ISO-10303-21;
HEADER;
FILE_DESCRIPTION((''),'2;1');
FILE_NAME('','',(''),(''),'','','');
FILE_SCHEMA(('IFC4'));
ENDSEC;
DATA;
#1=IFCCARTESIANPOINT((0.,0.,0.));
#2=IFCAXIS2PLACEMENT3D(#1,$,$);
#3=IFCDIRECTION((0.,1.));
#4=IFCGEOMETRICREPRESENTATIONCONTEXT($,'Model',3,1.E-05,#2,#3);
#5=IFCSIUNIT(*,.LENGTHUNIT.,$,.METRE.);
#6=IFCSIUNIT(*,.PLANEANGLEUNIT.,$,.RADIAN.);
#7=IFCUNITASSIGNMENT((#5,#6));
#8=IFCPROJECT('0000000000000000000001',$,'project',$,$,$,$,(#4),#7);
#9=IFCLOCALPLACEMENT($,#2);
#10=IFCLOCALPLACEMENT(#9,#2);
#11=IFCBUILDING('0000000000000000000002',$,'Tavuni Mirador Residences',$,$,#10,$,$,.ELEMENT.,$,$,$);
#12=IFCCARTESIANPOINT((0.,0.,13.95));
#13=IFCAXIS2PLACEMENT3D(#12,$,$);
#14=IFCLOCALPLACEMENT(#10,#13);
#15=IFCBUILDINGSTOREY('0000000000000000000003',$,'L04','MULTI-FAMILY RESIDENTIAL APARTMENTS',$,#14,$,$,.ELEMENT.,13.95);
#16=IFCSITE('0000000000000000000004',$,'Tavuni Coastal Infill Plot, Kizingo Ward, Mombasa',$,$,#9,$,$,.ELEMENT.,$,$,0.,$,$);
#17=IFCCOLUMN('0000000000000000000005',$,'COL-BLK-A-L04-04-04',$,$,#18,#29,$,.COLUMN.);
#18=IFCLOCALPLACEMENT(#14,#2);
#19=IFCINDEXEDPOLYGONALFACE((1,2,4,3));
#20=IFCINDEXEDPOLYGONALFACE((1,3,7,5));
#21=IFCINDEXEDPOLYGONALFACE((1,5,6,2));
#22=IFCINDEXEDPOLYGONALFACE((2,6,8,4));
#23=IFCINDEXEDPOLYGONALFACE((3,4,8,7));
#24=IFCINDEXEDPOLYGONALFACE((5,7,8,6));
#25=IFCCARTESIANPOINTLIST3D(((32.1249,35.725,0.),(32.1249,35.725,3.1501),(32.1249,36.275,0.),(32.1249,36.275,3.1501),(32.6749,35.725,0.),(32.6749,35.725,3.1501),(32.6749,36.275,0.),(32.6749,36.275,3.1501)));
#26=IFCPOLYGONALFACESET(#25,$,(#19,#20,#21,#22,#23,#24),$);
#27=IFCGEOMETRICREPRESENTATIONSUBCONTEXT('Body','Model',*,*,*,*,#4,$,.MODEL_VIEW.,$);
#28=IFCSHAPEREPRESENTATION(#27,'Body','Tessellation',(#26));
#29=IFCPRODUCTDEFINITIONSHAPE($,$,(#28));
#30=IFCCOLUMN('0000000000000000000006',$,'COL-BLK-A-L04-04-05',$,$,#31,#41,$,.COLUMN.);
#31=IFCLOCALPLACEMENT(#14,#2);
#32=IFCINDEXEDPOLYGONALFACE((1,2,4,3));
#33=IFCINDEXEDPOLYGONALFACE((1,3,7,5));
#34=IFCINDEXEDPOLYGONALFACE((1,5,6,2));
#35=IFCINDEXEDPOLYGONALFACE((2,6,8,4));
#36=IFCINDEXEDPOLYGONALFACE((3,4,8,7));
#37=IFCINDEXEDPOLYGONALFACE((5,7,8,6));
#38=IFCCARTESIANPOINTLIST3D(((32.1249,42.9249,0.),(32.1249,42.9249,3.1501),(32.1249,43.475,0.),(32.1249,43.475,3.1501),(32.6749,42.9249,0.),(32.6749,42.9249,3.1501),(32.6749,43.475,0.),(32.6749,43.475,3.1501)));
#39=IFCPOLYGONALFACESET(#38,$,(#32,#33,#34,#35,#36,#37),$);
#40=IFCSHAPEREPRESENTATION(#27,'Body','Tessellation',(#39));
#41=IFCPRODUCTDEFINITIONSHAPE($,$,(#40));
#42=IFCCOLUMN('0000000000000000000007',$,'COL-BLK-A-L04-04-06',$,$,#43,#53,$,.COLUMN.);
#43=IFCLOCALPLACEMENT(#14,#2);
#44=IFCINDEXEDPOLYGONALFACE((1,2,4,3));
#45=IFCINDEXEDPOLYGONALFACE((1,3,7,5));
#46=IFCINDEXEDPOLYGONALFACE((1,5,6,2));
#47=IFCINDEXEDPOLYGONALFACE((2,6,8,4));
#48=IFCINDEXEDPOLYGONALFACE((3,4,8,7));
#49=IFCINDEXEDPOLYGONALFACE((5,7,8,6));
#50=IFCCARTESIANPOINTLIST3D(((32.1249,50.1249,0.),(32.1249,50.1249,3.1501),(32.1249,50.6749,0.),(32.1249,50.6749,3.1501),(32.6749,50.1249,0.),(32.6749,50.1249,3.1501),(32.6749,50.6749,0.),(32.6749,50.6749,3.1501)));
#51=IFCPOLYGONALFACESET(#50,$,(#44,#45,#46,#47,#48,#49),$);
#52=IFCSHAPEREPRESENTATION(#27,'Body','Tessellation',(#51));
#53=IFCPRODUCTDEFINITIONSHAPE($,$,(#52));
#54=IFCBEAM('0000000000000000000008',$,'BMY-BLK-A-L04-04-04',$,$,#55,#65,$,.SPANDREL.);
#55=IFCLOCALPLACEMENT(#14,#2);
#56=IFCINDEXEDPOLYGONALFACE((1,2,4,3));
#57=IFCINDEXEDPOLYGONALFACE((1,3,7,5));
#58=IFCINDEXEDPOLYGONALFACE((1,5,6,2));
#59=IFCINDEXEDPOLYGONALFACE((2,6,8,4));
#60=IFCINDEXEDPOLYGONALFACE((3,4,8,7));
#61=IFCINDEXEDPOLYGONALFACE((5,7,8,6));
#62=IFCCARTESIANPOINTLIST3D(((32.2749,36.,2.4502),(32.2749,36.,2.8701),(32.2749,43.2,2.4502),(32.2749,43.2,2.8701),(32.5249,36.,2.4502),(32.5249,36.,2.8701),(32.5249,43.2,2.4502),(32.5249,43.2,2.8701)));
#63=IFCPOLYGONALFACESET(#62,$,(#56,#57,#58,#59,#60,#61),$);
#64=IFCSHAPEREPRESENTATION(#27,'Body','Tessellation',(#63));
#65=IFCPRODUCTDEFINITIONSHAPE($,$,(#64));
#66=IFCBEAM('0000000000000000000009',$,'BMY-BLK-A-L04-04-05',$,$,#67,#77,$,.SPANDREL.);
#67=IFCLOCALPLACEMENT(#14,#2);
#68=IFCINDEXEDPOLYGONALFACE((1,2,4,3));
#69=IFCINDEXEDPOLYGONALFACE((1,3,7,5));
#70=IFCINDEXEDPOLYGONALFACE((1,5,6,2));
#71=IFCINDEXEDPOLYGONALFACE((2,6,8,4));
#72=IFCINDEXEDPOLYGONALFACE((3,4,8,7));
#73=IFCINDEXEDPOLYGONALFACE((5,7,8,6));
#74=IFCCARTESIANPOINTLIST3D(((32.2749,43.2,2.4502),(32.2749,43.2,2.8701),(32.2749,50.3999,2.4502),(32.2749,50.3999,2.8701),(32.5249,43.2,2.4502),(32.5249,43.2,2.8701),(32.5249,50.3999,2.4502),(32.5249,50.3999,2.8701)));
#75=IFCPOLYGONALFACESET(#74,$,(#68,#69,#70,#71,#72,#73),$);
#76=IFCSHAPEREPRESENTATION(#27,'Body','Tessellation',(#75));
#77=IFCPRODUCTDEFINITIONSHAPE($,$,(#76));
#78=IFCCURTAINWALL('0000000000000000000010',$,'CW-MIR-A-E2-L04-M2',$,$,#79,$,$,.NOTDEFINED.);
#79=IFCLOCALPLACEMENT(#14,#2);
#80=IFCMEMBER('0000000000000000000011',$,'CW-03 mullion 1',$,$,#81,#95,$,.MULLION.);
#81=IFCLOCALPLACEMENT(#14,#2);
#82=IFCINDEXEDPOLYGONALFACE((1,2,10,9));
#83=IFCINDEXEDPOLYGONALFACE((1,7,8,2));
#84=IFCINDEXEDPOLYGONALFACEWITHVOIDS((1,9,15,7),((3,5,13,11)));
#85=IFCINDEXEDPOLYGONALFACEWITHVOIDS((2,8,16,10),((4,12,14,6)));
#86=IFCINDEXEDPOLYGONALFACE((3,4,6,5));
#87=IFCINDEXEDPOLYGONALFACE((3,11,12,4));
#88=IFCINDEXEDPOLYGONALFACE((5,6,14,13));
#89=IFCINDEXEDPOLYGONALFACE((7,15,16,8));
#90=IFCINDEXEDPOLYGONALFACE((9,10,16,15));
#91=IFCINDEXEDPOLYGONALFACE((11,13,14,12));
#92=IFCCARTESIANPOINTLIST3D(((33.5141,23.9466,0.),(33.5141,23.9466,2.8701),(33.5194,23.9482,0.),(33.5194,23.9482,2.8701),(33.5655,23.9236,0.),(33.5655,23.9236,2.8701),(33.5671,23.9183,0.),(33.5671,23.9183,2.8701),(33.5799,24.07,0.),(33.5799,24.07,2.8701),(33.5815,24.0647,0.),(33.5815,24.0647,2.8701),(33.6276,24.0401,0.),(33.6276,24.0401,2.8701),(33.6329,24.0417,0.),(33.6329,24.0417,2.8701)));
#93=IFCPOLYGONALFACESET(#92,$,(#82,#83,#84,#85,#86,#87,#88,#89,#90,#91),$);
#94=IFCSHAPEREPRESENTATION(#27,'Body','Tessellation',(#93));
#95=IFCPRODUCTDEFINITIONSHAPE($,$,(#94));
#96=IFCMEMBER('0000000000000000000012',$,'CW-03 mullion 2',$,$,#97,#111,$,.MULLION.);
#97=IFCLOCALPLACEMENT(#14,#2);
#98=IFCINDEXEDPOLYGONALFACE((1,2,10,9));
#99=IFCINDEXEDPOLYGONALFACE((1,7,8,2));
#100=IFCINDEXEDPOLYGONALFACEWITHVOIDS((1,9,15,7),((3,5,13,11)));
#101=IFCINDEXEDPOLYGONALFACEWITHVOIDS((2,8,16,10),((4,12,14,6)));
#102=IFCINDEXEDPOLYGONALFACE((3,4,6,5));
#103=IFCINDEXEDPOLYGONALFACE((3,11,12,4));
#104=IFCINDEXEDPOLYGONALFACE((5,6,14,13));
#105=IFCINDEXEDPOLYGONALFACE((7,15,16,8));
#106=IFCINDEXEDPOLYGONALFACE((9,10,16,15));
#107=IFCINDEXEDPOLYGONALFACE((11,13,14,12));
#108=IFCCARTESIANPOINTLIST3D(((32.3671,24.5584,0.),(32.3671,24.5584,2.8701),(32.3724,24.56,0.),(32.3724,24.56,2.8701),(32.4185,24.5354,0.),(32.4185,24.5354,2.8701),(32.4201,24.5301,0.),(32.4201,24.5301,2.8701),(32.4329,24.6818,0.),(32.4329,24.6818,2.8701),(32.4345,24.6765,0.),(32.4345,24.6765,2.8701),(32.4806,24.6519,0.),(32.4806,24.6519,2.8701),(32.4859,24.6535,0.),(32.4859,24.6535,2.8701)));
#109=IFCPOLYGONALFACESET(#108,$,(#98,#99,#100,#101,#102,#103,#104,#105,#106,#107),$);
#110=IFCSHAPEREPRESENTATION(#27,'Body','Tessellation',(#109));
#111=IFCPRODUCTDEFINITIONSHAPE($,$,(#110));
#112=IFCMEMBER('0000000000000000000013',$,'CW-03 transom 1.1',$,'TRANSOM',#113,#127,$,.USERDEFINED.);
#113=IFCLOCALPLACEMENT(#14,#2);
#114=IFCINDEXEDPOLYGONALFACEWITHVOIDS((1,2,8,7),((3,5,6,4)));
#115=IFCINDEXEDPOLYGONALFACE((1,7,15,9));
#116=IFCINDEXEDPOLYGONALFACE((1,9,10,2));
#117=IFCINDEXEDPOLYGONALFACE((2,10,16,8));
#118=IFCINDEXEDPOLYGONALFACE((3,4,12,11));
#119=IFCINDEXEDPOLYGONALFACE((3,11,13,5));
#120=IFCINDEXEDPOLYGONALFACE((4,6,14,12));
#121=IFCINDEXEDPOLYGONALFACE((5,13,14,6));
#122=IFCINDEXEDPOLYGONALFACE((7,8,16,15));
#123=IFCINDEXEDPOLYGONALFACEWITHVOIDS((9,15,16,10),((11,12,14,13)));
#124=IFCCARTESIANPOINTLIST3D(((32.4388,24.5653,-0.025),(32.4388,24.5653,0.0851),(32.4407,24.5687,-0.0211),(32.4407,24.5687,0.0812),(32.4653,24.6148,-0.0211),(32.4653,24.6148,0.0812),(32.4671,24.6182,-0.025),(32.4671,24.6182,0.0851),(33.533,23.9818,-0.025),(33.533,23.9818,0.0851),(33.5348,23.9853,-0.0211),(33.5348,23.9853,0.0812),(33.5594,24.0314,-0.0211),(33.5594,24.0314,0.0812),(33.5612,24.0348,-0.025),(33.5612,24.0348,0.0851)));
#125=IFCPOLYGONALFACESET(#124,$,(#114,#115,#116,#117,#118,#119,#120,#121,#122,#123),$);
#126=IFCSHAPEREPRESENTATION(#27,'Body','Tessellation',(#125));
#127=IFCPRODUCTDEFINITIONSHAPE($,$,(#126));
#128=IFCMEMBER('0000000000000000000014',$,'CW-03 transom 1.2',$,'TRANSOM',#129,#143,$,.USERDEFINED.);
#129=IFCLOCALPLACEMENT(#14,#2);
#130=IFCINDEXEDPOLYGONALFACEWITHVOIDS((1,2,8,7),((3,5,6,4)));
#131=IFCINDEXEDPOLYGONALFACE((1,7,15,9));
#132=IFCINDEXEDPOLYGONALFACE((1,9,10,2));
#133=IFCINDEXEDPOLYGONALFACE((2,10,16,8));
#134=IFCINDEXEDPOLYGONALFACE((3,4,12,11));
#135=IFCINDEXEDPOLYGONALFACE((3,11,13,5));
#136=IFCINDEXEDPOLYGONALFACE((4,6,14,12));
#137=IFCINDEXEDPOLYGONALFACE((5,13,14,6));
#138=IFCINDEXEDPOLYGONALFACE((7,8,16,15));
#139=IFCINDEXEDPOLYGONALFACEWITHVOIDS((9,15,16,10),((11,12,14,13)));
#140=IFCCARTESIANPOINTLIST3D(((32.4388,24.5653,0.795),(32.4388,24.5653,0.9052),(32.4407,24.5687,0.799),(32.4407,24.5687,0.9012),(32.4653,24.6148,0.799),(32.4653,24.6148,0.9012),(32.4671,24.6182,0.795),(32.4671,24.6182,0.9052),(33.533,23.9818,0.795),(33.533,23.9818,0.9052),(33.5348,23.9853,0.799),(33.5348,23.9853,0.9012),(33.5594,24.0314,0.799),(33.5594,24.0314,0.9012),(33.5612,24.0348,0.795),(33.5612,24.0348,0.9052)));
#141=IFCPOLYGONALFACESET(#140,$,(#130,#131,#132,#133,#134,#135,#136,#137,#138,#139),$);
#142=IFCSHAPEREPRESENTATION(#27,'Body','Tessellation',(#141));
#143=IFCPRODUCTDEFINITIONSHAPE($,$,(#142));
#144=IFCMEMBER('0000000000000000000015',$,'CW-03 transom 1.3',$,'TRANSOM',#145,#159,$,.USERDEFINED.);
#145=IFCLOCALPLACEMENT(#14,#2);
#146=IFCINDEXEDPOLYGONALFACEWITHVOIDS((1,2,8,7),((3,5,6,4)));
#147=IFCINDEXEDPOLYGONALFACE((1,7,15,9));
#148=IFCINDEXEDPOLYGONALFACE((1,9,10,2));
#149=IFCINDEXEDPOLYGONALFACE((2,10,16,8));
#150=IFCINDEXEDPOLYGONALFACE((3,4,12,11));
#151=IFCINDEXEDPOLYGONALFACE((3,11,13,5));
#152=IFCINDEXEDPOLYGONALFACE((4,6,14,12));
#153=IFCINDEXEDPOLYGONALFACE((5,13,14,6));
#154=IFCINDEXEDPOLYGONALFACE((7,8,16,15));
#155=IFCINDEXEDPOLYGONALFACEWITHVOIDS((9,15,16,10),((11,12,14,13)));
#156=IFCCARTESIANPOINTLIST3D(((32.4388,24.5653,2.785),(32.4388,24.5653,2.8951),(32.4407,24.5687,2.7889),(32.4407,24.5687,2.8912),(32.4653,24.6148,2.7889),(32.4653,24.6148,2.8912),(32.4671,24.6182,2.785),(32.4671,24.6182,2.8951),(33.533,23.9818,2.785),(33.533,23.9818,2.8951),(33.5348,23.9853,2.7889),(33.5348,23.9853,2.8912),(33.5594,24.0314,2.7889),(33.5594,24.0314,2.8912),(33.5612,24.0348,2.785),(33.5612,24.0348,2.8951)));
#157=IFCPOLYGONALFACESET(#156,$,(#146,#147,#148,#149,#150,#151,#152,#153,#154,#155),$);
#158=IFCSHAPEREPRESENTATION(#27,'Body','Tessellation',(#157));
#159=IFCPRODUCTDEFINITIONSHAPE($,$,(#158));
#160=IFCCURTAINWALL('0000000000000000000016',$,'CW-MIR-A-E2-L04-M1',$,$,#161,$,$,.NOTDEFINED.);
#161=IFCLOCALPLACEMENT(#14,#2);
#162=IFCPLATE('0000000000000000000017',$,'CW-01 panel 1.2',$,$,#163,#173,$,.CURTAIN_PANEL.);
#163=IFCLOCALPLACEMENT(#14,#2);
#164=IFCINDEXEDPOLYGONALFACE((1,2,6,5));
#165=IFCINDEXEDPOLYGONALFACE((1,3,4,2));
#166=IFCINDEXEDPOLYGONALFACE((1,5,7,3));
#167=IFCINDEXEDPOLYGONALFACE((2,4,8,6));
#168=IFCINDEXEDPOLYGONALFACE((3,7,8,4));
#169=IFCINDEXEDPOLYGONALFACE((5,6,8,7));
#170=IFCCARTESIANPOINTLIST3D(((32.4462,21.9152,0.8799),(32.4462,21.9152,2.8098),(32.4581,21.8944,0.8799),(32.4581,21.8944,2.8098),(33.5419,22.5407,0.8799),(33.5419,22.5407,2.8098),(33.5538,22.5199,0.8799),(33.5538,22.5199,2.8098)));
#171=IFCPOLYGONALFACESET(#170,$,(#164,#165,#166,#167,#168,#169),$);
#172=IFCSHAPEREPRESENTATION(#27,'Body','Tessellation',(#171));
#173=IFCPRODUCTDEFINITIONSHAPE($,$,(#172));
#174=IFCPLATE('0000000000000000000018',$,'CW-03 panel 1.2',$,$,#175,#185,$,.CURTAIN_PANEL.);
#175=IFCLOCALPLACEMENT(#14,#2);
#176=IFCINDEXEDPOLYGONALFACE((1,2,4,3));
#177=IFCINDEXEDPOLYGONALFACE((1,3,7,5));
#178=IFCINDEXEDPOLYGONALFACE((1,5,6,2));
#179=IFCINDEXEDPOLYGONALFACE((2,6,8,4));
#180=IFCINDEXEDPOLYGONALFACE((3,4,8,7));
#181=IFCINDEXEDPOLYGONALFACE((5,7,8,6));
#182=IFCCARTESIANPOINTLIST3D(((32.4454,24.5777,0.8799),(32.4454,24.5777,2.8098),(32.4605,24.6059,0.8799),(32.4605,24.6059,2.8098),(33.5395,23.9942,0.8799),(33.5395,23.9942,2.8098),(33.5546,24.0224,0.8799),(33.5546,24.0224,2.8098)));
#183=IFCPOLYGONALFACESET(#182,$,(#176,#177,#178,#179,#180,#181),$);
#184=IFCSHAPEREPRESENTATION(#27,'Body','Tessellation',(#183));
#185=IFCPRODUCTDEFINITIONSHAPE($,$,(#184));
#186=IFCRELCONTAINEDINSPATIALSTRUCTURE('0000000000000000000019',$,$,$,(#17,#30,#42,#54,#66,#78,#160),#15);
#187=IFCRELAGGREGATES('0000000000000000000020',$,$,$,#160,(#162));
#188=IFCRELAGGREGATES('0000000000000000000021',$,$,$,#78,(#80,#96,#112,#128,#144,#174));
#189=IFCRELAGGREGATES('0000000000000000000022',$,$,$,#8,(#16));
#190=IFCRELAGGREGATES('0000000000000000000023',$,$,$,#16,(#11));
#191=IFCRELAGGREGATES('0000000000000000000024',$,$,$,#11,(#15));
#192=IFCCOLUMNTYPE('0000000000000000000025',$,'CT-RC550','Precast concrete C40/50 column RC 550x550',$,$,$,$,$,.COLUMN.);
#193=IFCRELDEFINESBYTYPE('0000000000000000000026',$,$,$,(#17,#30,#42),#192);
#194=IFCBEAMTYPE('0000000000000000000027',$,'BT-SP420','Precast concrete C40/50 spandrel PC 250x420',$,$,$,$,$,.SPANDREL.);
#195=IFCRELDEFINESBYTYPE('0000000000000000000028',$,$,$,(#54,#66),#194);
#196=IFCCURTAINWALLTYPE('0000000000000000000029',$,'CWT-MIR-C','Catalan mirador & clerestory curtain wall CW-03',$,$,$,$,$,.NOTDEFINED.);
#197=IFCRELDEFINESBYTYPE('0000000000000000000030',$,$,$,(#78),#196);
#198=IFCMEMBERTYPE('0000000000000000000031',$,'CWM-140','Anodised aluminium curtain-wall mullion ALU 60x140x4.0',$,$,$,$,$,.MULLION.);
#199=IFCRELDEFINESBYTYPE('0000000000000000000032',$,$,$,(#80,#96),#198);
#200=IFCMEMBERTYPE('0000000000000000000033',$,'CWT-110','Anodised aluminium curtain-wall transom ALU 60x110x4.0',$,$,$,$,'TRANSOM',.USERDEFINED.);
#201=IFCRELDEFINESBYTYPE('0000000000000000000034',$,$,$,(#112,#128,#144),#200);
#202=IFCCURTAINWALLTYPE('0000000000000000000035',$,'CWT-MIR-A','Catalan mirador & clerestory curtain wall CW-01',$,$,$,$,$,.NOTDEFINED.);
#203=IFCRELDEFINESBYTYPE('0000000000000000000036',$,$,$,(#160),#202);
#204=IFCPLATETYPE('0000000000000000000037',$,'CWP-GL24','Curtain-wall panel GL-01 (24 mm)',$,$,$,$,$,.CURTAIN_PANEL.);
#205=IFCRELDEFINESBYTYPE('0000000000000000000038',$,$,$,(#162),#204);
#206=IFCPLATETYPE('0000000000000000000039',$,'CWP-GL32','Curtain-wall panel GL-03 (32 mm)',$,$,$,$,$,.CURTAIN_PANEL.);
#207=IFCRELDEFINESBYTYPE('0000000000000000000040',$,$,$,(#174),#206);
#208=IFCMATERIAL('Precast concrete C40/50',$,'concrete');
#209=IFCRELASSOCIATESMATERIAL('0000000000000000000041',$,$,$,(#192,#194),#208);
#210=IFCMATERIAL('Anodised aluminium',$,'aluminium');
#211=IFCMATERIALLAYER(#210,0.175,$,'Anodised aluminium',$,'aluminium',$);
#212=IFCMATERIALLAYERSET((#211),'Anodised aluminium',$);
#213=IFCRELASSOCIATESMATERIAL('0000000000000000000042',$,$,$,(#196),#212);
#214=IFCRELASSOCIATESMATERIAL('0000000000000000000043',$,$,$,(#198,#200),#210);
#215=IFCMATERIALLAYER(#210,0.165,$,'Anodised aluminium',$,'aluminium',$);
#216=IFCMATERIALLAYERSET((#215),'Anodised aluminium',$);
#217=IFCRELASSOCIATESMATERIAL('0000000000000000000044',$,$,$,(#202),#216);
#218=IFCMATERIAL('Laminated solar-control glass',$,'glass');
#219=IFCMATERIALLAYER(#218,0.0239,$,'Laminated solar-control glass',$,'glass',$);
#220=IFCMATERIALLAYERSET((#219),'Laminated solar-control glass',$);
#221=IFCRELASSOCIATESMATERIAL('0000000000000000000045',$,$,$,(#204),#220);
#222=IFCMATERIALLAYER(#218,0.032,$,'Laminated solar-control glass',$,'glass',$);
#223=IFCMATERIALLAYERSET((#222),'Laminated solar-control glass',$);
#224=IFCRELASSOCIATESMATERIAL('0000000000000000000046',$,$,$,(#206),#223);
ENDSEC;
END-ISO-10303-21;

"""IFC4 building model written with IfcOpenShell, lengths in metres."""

from ifc_helpers import new_model, si_unit, direction, frame, origin, origin_2d, place, context, subcontext, project, spatial, rectangle, hollow_rectangle, extrude, material, layer, layer_set, material_profile, profile_set, type_object, element, aggregate, save


model = new_model("IFC4")

# Units and contexts
model_context = context("Model", 3, precision=1e-05, world=origin(), true_north=direction((0.0, 1.0)))
body_context = subcontext(model_context, "Body", "Model", "MODEL_VIEW")
ifc_project = project(units=[si_unit("LENGTHUNIT", "METRE"), si_unit("PLANEANGLEUNIT", "RADIAN")], contexts=[model_context])

# Site, building, storey
site_placement = place(None, origin())
site = spatial("IfcSite", under=ifc_project, at=site_placement, Name="Tavuni Coastal Infill Plot, Kizingo Ward, Mombasa", CompositionType="ELEMENT", RefElevation=0.0)
building_placement = place(site_placement, origin())
building = spatial("IfcBuilding", under=site, at=building_placement, Name="Tavuni Mirador Residences", CompositionType="ELEMENT")
storey_placement = place(building_placement, frame((0.0, 0.0, 13.95)))
storey = spatial("IfcBuildingStorey", under=building, at=storey_placement, Name="L04", Description="MULTI-FAMILY RESIDENTIAL APARTMENTS", CompositionType="ELEMENT", Elevation=13.95)

# Columns
ifc_material_1 = material(Name="Precast concrete C40/50", Category="concrete")
ifc_material_profile_1 = material_profile(ifc_material_1, rectangle(XDim=0.55, YDim=0.55, at=origin_2d()), Name="RC 550x550", Category="concrete")
ifc_profile_set_1 = profile_set([ifc_material_profile_1], Name="Precast concrete C40/50")
column_type = type_object("IfcColumnType", Name="CT-RC550", Description="Precast concrete C40/50 column RC 550x550", PredefinedType="COLUMN", material=ifc_profile_set_1)
for number, where, z_axis, x_axis, name in (
    (1, (32.3999, 36.0, 0.0), (0.0, 0.0, 1.0), (1.0, 0.0, 0.0), "COL-BLK-A-L04-04-04"),
    (2, (32.3999, 43.2, 0.0), (0.0, 0.0, 1.0), (1.0, 0.0, 0.0), "COL-BLK-A-L04-04-05"),
    (3, (32.3999, 50.3999, 0.0), (0.0, 0.0, 1.0), (1.0, 0.0, 0.0), "COL-BLK-A-L04-04-06"),
):
    element("IfcColumn", number, at=place(storey_placement, frame(where, z_axis=z_axis, x_axis=x_axis)), inside=storey, type_object=column_type, Name=name, PredefinedType="COLUMN", context=body_context, shape_type="SweptSolid", body=[
        extrude(rectangle(XDim=0.55, YDim=0.55, at=origin_2d()), origin(), (0.0, 0.0, 1.0), 3.1501),
    ])

# Beams
ifc_material_profile_2 = material_profile(ifc_material_1, rectangle(XDim=0.25, YDim=0.4199, at=origin_2d()), Name="PC 250x420", Category="concrete")
ifc_profile_set_2 = profile_set([ifc_material_profile_2], Name="Precast concrete C40/50")
beam_type = type_object("IfcBeamType", Name="BT-SP420", Description="Precast concrete C40/50 spandrel PC 250x420", PredefinedType="SPANDREL", material=ifc_profile_set_2)
for number, where, z_axis, x_axis, name in (
    (4, (32.3999, 36.0, 2.6602), (0.0, 1.0, 0.0), (-1.0, 0.0, 0.0), "BMY-BLK-A-L04-04-04"),
    (5, (32.3999, 43.2, 2.6602), (0.0, 1.0, 0.0), (-1.0, 0.0, 0.0), "BMY-BLK-A-L04-04-05"),
):
    element("IfcBeam", number, at=place(storey_placement, frame(where, z_axis=z_axis, x_axis=x_axis)), inside=storey, type_object=beam_type, Name=name, PredefinedType="SPANDREL", context=body_context, shape_type="SweptSolid", body=[
        extrude(rectangle(XDim=0.25, YDim=0.4199, at=origin_2d()), origin(), (0.0, 0.0, 1.0), 7.2),
    ])

# Curtain wall, members
ifc_material_2 = material(Name="Anodised aluminium", Category="aluminium")
ifc_layer_1 = layer(ifc_material_2, 0.175, Name="Anodised aluminium", Category="aluminium")
ifc_layer_set_1 = layer_set([ifc_layer_1], Name="Anodised aluminium")
curtain_wall_type_1 = type_object("IfcCurtainWallType", Name="CWT-MIR-C", Description="Catalan mirador & clerestory curtain wall CW-03", PredefinedType="NOTDEFINED", material=ifc_layer_set_1)
curtain_wall_1_placement = place(storey_placement, origin())
curtain_wall_1 = element("IfcCurtainWall", 6, at=curtain_wall_1_placement, inside=storey, type_object=curtain_wall_type_1, Name="CW-MIR-A-E2-L04-M2", PredefinedType="NOTDEFINED")
ifc_material_profile_3 = material_profile(ifc_material_2, hollow_rectangle(XDim=0.0601, YDim=0.1399, WallThickness=0.0039, at=origin_2d()), Name="ALU 60x140x4.0", Category="aluminium")
ifc_profile_set_3 = profile_set([ifc_material_profile_3], Name="Anodised aluminium")
member_type_1 = type_object("IfcMemberType", Name="CWM-140", Description="Anodised aluminium curtain-wall mullion ALU 60x140x4.0", PredefinedType="MULLION", material=ifc_profile_set_3)
member_1_placement = place(storey_placement, frame((33.5735, 23.9941, 0.0), z_axis=(0.0, 0.0, 1.0), x_axis=(-0.882353, 0.470588, 0.0)))
member_1 = element("IfcMember", 7, at=member_1_placement, type_object=member_type_1, Name="CW-03 mullion 1", PredefinedType="MULLION", context=body_context, shape_type="SweptSolid", body=[
    extrude(hollow_rectangle(XDim=0.0601, YDim=0.1399, WallThickness=0.0039, at=origin_2d()), origin(), (0.0, 0.0, 1.0), 2.8701),
])
member_2_placement = place(storey_placement, frame((32.4265, 24.606, 0.0), z_axis=(0.0, 0.0, 1.0), x_axis=(-0.882353, 0.470588, 0.0)))
member_2 = element("IfcMember", 8, at=member_2_placement, type_object=member_type_1, Name="CW-03 mullion 2", PredefinedType="MULLION", context=body_context, shape_type="SweptSolid", body=[
    extrude(hollow_rectangle(XDim=0.0601, YDim=0.1399, WallThickness=0.0039, at=origin_2d()), origin(), (0.0, 0.0, 1.0), 2.8701),
])
ifc_material_profile_4 = material_profile(ifc_material_2, hollow_rectangle(XDim=0.0601, YDim=0.1101, WallThickness=0.0039, at=origin_2d()), Name="ALU 60x110x4.0", Category="aluminium")
ifc_profile_set_4 = profile_set([ifc_material_profile_4], Name="Anodised aluminium")
member_type_2 = type_object("IfcMemberType", Name="CWT-110", Description="Anodised aluminium curtain-wall transom ALU 60x110x4.0", ElementType="TRANSOM", PredefinedType="USERDEFINED", material=ifc_profile_set_4)
member_3_placement = place(storey_placement, frame((33.5471, 24.0083, 0.03), z_axis=(-0.882386, 0.470527, 0.0), x_axis=(-0.470527, -0.882386, 0.0)))
member_3 = element("IfcMember", 9, at=member_3_placement, type_object=member_type_2, Name="CW-03 transom 1.1", ObjectType="TRANSOM", PredefinedType="USERDEFINED", context=body_context, shape_type="SweptSolid", body=[
    extrude(hollow_rectangle(XDim=0.0601, YDim=0.1101, WallThickness=0.0039, at=origin_2d()), origin(), (0.0, 0.0, 1.0), 1.24),
])
member_4_placement = place(storey_placement, frame((33.5471, 24.0083, 0.8501), z_axis=(-0.882386, 0.470527, 0.0), x_axis=(-0.470527, -0.882386, 0.0)))
member_4 = element("IfcMember", 10, at=member_4_placement, type_object=member_type_2, Name="CW-03 transom 1.2", ObjectType="TRANSOM", PredefinedType="USERDEFINED", context=body_context, shape_type="SweptSolid", body=[
    extrude(hollow_rectangle(XDim=0.0601, YDim=0.1101, WallThickness=0.0039, at=origin_2d()), origin(), (0.0, 0.0, 1.0), 1.24),
])
member_5_placement = place(storey_placement, frame((33.5471, 24.0083, 2.8401), z_axis=(-0.882386, 0.470527, 0.0), x_axis=(-0.470527, -0.882386, 0.0)))
member_5 = element("IfcMember", 11, at=member_5_placement, type_object=member_type_2, Name="CW-03 transom 1.3", ObjectType="TRANSOM", PredefinedType="USERDEFINED", context=body_context, shape_type="SweptSolid", body=[
    extrude(hollow_rectangle(XDim=0.0601, YDim=0.1101, WallThickness=0.0039, at=origin_2d()), origin(), (0.0, 0.0, 1.0), 1.24),
])

# Curtain wall, plate
ifc_layer_2 = layer(ifc_material_2, 0.165, Name="Anodised aluminium", Category="aluminium")
ifc_layer_set_2 = layer_set([ifc_layer_2], Name="Anodised aluminium")
curtain_wall_type_2 = type_object("IfcCurtainWallType", Name="CWT-MIR-A", Description="Catalan mirador & clerestory curtain wall CW-01", PredefinedType="NOTDEFINED", material=ifc_layer_set_2)
curtain_wall_2_placement = place(storey_placement, origin())
curtain_wall_2 = element("IfcCurtainWall", 12, at=curtain_wall_2_placement, inside=storey, type_object=curtain_wall_type_2, Name="CW-MIR-A-E2-L04-M1", PredefinedType="NOTDEFINED")
ifc_material_3 = material(Name="Laminated solar-control glass", Category="glass")
ifc_layer_3 = layer(ifc_material_3, 0.0239, Name="Laminated solar-control glass", Category="glass")
ifc_layer_set_3 = layer_set([ifc_layer_3], Name="Laminated solar-control glass")
plate_type_1 = type_object("IfcPlateType", Name="CWP-GL24", Description="Curtain-wall panel GL-01 (24 mm)", PredefinedType="CURTAIN_PANEL", material=ifc_layer_set_3)
plate_1_placement = place(storey_placement, frame((33.0, 22.2175, 0.8799), z_axis=(0.0, 0.0, 1.0), x_axis=(0.868466, 0.495749, 0.0)))
plate_1 = element("IfcPlate", 13, at=plate_1_placement, type_object=plate_type_1, Name="CW-01 panel 1.2", PredefinedType="CURTAIN_PANEL", context=body_context, shape_type="SweptSolid", body=[
    extrude(rectangle(XDim=1.2617, YDim=0.0239, at=origin_2d()), origin(), (0.0, 0.0, 1.0), 1.9299),
])
aggregate(curtain_wall_2, [plate_1])

# Plate
ifc_layer_4 = layer(ifc_material_3, 0.032, Name="Laminated solar-control glass", Category="glass")
ifc_layer_set_4 = layer_set([ifc_layer_4], Name="Laminated solar-control glass")
plate_type_2 = type_object("IfcPlateType", Name="CWP-GL32", Description="Curtain-wall panel GL-03 (32 mm)", PredefinedType="CURTAIN_PANEL", material=ifc_layer_set_4)
plate_2_placement = place(storey_placement, frame((33.0, 24.3, 0.8799), z_axis=(0.0, 0.0, 1.0), x_axis=(-0.882353, 0.470588, 0.0)))
plate_2 = element("IfcPlate", 14, at=plate_2_placement, type_object=plate_type_2, Name="CW-03 panel 1.2", PredefinedType="CURTAIN_PANEL", context=body_context, shape_type="SweptSolid", body=[
    extrude(rectangle(XDim=1.24, YDim=0.032, at=origin_2d()), origin(), (0.0, 0.0, 1.0), 1.9299),
])
aggregate(curtain_wall_1, [member_1, member_2, member_3, member_4, member_5, plate_2])

save(model, "model.ifc")
